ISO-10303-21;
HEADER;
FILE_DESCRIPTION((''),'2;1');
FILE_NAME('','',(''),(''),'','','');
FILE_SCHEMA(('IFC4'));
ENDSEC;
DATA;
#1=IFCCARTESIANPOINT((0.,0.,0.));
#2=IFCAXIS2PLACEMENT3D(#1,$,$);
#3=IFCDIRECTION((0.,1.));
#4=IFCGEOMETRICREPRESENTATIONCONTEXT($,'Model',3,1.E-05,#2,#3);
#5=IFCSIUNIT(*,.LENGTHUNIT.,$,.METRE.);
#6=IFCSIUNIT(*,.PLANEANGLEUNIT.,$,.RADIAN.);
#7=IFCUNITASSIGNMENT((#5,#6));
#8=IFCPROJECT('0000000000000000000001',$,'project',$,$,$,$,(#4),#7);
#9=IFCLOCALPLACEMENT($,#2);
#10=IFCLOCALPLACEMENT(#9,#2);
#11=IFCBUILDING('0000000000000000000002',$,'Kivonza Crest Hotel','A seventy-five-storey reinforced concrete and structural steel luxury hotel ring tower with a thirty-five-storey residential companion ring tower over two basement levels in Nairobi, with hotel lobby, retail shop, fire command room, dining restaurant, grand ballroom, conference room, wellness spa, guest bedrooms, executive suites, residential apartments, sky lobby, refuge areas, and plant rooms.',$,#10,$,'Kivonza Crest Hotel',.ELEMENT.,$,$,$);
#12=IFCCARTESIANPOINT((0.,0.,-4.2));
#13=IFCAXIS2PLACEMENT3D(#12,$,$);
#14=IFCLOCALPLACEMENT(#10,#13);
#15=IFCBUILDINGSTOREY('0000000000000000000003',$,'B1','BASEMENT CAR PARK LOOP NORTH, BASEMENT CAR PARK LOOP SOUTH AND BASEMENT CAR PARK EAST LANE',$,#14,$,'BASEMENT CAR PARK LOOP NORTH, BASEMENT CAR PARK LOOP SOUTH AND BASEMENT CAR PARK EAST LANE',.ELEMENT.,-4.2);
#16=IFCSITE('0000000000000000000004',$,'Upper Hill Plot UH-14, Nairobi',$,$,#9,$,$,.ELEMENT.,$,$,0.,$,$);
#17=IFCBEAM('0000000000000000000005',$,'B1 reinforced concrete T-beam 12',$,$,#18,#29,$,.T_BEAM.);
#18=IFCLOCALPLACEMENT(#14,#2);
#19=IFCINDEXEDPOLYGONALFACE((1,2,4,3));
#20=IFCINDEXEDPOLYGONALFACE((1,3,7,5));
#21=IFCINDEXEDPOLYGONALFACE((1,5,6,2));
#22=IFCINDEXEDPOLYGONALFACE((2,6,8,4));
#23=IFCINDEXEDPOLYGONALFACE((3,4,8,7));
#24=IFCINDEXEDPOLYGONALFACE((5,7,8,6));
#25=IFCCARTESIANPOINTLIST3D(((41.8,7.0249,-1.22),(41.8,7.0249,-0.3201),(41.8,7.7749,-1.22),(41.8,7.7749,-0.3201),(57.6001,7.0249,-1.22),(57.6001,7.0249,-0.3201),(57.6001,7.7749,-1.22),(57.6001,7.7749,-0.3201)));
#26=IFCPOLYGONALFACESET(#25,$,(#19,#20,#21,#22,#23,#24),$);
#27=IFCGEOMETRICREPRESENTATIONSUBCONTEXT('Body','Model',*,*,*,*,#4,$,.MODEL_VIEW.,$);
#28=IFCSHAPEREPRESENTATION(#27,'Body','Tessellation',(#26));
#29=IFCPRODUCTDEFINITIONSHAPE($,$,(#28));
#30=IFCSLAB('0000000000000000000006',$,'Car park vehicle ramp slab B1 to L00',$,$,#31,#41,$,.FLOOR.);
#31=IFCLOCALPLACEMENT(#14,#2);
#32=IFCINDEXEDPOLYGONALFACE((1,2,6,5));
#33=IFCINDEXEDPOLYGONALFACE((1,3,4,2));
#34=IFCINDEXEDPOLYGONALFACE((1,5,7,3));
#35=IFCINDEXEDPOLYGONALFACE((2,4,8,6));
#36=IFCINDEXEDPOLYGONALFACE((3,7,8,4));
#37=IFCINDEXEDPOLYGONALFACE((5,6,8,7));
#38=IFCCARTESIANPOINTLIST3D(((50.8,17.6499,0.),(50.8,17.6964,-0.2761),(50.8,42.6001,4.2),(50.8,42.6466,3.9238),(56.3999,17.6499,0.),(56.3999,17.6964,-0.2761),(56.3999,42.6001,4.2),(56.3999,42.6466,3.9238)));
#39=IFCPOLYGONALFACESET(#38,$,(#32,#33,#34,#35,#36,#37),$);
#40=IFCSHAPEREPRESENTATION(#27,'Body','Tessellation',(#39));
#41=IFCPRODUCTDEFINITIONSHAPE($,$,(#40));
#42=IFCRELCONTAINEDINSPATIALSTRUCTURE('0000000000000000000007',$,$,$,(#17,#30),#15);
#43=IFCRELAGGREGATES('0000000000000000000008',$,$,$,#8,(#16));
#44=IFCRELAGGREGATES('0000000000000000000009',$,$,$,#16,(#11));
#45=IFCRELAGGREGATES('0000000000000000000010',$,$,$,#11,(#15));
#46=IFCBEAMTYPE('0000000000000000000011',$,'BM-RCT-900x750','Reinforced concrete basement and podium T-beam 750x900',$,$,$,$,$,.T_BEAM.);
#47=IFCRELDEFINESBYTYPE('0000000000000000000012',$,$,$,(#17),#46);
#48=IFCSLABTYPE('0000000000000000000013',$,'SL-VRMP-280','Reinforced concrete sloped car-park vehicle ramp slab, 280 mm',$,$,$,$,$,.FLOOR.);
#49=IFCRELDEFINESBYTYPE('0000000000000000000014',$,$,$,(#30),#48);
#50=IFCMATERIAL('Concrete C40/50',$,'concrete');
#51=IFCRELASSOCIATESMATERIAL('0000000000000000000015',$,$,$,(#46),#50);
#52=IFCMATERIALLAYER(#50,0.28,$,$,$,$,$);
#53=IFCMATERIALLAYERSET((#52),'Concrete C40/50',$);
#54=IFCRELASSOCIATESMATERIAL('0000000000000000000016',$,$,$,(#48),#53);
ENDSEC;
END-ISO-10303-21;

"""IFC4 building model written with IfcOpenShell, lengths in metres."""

from ifc_helpers import new_model, si_unit, direction, frame, origin, origin_2d, place, context, subcontext, project, spatial, polyline, rectangle, outline, extrude, material, layer, layer_set, material_profile, profile_set, type_object, element, save


model = new_model("IFC4")

# Units and contexts
model_context = context("Model", 3, precision=1e-05, world=origin(), true_north=direction((0.0, 1.0)))
body_context = subcontext(model_context, "Body", "Model", "MODEL_VIEW")
ifc_project = project(units=[si_unit("LENGTHUNIT", "METRE"), si_unit("PLANEANGLEUNIT", "RADIAN")], contexts=[model_context])

# Site, building, storey
site_placement = place(None, origin())
site = spatial("IfcSite", under=ifc_project, at=site_placement, Name="Upper Hill Plot UH-14, Nairobi", CompositionType="ELEMENT", RefElevation=0.0)
building_placement = place(site_placement, origin())
building = spatial("IfcBuilding", under=site, at=building_placement, Name="Kivonza Crest Hotel", Description="A seventy-five-storey reinforced concrete and structural steel luxury hotel ring tower with a thirty-five-storey residential companion ring tower over two basement levels in Nairobi, with hotel lobby, retail shop, fire command room, dining restaurant, grand ballroom, conference room, wellness spa, guest bedrooms, executive suites, residential apartments, sky lobby, refuge areas, and plant rooms.", LongName="Kivonza Crest Hotel", CompositionType="ELEMENT")
storey_placement = place(building_placement, frame((0.0, 0.0, -4.2)))
storey = spatial("IfcBuildingStorey", under=building, at=storey_placement, Name="B1", Description="BASEMENT CAR PARK LOOP NORTH, BASEMENT CAR PARK LOOP SOUTH AND BASEMENT CAR PARK EAST LANE", LongName="BASEMENT CAR PARK LOOP NORTH, BASEMENT CAR PARK LOOP SOUTH AND BASEMENT CAR PARK EAST LANE", CompositionType="ELEMENT", Elevation=-4.2)

# Beam
ifc_material_1 = material(Name="Concrete C40/50", Category="concrete")
ifc_material_profile_1 = material_profile(ifc_material_1, rectangle(XDim=0.75, YDim=0.8999, at=origin_2d()), Name="RC 900x750")
ifc_profile_set_1 = profile_set([ifc_material_profile_1], Name="Concrete C40/50")
beam_type_1 = type_object("IfcBeamType", Name="BM-RCT-900x750", Description="Reinforced concrete basement and podium T-beam 750x900", PredefinedType="T_BEAM", material=ifc_profile_set_1)
beam_1_placement = place(storey_placement, frame((41.8, 7.3999, -0.77), z_axis=(1.0, 0.0, 0.0), x_axis=(0.0, 1.0, 0.0)))
element("IfcBeam", 1, at=beam_1_placement, inside=storey, type_object=beam_type_1, Name="B1 reinforced concrete T-beam 12", PredefinedType="T_BEAM", context=body_context, shape_type="SweptSolid", body=[
    extrude(rectangle(XDim=0.75, YDim=0.8999, at=origin_2d()), origin(), (0.0, 0.0, 1.0), 15.8),
])

# Slab
ifc_layer = layer(ifc_material_1, 0.28)
ifc_layer_set = layer_set([ifc_layer], Name="Concrete C40/50")
slab_type = type_object("IfcSlabType", Name="SL-VRMP-280", Description="Reinforced concrete sloped car-park vehicle ramp slab, 280 mm", PredefinedType="FLOOR", material=ifc_layer_set)
slab_placement = place(storey_placement, frame((50.8, 17.6499, 0.0), z_axis=(0.0, -0.165998, 0.986126), x_axis=(1.0, 0.0, 0.0)))
element("IfcSlab", 2, at=slab_placement, inside=storey, type_object=slab_type, Name="Car park vehicle ramp slab B1 to L00", PredefinedType="FLOOR", context=body_context, shape_type="SweptSolid", body=[
    extrude(outline(polyline([(0.0, 0.0), (5.5999, 0.0), (5.5999, 25.3012), (0.0, 25.3012), (0.0, 0.0)])), origin(), (0.0, 0.0, -1.0), 0.28),
])

save(model, "model.ifc")
